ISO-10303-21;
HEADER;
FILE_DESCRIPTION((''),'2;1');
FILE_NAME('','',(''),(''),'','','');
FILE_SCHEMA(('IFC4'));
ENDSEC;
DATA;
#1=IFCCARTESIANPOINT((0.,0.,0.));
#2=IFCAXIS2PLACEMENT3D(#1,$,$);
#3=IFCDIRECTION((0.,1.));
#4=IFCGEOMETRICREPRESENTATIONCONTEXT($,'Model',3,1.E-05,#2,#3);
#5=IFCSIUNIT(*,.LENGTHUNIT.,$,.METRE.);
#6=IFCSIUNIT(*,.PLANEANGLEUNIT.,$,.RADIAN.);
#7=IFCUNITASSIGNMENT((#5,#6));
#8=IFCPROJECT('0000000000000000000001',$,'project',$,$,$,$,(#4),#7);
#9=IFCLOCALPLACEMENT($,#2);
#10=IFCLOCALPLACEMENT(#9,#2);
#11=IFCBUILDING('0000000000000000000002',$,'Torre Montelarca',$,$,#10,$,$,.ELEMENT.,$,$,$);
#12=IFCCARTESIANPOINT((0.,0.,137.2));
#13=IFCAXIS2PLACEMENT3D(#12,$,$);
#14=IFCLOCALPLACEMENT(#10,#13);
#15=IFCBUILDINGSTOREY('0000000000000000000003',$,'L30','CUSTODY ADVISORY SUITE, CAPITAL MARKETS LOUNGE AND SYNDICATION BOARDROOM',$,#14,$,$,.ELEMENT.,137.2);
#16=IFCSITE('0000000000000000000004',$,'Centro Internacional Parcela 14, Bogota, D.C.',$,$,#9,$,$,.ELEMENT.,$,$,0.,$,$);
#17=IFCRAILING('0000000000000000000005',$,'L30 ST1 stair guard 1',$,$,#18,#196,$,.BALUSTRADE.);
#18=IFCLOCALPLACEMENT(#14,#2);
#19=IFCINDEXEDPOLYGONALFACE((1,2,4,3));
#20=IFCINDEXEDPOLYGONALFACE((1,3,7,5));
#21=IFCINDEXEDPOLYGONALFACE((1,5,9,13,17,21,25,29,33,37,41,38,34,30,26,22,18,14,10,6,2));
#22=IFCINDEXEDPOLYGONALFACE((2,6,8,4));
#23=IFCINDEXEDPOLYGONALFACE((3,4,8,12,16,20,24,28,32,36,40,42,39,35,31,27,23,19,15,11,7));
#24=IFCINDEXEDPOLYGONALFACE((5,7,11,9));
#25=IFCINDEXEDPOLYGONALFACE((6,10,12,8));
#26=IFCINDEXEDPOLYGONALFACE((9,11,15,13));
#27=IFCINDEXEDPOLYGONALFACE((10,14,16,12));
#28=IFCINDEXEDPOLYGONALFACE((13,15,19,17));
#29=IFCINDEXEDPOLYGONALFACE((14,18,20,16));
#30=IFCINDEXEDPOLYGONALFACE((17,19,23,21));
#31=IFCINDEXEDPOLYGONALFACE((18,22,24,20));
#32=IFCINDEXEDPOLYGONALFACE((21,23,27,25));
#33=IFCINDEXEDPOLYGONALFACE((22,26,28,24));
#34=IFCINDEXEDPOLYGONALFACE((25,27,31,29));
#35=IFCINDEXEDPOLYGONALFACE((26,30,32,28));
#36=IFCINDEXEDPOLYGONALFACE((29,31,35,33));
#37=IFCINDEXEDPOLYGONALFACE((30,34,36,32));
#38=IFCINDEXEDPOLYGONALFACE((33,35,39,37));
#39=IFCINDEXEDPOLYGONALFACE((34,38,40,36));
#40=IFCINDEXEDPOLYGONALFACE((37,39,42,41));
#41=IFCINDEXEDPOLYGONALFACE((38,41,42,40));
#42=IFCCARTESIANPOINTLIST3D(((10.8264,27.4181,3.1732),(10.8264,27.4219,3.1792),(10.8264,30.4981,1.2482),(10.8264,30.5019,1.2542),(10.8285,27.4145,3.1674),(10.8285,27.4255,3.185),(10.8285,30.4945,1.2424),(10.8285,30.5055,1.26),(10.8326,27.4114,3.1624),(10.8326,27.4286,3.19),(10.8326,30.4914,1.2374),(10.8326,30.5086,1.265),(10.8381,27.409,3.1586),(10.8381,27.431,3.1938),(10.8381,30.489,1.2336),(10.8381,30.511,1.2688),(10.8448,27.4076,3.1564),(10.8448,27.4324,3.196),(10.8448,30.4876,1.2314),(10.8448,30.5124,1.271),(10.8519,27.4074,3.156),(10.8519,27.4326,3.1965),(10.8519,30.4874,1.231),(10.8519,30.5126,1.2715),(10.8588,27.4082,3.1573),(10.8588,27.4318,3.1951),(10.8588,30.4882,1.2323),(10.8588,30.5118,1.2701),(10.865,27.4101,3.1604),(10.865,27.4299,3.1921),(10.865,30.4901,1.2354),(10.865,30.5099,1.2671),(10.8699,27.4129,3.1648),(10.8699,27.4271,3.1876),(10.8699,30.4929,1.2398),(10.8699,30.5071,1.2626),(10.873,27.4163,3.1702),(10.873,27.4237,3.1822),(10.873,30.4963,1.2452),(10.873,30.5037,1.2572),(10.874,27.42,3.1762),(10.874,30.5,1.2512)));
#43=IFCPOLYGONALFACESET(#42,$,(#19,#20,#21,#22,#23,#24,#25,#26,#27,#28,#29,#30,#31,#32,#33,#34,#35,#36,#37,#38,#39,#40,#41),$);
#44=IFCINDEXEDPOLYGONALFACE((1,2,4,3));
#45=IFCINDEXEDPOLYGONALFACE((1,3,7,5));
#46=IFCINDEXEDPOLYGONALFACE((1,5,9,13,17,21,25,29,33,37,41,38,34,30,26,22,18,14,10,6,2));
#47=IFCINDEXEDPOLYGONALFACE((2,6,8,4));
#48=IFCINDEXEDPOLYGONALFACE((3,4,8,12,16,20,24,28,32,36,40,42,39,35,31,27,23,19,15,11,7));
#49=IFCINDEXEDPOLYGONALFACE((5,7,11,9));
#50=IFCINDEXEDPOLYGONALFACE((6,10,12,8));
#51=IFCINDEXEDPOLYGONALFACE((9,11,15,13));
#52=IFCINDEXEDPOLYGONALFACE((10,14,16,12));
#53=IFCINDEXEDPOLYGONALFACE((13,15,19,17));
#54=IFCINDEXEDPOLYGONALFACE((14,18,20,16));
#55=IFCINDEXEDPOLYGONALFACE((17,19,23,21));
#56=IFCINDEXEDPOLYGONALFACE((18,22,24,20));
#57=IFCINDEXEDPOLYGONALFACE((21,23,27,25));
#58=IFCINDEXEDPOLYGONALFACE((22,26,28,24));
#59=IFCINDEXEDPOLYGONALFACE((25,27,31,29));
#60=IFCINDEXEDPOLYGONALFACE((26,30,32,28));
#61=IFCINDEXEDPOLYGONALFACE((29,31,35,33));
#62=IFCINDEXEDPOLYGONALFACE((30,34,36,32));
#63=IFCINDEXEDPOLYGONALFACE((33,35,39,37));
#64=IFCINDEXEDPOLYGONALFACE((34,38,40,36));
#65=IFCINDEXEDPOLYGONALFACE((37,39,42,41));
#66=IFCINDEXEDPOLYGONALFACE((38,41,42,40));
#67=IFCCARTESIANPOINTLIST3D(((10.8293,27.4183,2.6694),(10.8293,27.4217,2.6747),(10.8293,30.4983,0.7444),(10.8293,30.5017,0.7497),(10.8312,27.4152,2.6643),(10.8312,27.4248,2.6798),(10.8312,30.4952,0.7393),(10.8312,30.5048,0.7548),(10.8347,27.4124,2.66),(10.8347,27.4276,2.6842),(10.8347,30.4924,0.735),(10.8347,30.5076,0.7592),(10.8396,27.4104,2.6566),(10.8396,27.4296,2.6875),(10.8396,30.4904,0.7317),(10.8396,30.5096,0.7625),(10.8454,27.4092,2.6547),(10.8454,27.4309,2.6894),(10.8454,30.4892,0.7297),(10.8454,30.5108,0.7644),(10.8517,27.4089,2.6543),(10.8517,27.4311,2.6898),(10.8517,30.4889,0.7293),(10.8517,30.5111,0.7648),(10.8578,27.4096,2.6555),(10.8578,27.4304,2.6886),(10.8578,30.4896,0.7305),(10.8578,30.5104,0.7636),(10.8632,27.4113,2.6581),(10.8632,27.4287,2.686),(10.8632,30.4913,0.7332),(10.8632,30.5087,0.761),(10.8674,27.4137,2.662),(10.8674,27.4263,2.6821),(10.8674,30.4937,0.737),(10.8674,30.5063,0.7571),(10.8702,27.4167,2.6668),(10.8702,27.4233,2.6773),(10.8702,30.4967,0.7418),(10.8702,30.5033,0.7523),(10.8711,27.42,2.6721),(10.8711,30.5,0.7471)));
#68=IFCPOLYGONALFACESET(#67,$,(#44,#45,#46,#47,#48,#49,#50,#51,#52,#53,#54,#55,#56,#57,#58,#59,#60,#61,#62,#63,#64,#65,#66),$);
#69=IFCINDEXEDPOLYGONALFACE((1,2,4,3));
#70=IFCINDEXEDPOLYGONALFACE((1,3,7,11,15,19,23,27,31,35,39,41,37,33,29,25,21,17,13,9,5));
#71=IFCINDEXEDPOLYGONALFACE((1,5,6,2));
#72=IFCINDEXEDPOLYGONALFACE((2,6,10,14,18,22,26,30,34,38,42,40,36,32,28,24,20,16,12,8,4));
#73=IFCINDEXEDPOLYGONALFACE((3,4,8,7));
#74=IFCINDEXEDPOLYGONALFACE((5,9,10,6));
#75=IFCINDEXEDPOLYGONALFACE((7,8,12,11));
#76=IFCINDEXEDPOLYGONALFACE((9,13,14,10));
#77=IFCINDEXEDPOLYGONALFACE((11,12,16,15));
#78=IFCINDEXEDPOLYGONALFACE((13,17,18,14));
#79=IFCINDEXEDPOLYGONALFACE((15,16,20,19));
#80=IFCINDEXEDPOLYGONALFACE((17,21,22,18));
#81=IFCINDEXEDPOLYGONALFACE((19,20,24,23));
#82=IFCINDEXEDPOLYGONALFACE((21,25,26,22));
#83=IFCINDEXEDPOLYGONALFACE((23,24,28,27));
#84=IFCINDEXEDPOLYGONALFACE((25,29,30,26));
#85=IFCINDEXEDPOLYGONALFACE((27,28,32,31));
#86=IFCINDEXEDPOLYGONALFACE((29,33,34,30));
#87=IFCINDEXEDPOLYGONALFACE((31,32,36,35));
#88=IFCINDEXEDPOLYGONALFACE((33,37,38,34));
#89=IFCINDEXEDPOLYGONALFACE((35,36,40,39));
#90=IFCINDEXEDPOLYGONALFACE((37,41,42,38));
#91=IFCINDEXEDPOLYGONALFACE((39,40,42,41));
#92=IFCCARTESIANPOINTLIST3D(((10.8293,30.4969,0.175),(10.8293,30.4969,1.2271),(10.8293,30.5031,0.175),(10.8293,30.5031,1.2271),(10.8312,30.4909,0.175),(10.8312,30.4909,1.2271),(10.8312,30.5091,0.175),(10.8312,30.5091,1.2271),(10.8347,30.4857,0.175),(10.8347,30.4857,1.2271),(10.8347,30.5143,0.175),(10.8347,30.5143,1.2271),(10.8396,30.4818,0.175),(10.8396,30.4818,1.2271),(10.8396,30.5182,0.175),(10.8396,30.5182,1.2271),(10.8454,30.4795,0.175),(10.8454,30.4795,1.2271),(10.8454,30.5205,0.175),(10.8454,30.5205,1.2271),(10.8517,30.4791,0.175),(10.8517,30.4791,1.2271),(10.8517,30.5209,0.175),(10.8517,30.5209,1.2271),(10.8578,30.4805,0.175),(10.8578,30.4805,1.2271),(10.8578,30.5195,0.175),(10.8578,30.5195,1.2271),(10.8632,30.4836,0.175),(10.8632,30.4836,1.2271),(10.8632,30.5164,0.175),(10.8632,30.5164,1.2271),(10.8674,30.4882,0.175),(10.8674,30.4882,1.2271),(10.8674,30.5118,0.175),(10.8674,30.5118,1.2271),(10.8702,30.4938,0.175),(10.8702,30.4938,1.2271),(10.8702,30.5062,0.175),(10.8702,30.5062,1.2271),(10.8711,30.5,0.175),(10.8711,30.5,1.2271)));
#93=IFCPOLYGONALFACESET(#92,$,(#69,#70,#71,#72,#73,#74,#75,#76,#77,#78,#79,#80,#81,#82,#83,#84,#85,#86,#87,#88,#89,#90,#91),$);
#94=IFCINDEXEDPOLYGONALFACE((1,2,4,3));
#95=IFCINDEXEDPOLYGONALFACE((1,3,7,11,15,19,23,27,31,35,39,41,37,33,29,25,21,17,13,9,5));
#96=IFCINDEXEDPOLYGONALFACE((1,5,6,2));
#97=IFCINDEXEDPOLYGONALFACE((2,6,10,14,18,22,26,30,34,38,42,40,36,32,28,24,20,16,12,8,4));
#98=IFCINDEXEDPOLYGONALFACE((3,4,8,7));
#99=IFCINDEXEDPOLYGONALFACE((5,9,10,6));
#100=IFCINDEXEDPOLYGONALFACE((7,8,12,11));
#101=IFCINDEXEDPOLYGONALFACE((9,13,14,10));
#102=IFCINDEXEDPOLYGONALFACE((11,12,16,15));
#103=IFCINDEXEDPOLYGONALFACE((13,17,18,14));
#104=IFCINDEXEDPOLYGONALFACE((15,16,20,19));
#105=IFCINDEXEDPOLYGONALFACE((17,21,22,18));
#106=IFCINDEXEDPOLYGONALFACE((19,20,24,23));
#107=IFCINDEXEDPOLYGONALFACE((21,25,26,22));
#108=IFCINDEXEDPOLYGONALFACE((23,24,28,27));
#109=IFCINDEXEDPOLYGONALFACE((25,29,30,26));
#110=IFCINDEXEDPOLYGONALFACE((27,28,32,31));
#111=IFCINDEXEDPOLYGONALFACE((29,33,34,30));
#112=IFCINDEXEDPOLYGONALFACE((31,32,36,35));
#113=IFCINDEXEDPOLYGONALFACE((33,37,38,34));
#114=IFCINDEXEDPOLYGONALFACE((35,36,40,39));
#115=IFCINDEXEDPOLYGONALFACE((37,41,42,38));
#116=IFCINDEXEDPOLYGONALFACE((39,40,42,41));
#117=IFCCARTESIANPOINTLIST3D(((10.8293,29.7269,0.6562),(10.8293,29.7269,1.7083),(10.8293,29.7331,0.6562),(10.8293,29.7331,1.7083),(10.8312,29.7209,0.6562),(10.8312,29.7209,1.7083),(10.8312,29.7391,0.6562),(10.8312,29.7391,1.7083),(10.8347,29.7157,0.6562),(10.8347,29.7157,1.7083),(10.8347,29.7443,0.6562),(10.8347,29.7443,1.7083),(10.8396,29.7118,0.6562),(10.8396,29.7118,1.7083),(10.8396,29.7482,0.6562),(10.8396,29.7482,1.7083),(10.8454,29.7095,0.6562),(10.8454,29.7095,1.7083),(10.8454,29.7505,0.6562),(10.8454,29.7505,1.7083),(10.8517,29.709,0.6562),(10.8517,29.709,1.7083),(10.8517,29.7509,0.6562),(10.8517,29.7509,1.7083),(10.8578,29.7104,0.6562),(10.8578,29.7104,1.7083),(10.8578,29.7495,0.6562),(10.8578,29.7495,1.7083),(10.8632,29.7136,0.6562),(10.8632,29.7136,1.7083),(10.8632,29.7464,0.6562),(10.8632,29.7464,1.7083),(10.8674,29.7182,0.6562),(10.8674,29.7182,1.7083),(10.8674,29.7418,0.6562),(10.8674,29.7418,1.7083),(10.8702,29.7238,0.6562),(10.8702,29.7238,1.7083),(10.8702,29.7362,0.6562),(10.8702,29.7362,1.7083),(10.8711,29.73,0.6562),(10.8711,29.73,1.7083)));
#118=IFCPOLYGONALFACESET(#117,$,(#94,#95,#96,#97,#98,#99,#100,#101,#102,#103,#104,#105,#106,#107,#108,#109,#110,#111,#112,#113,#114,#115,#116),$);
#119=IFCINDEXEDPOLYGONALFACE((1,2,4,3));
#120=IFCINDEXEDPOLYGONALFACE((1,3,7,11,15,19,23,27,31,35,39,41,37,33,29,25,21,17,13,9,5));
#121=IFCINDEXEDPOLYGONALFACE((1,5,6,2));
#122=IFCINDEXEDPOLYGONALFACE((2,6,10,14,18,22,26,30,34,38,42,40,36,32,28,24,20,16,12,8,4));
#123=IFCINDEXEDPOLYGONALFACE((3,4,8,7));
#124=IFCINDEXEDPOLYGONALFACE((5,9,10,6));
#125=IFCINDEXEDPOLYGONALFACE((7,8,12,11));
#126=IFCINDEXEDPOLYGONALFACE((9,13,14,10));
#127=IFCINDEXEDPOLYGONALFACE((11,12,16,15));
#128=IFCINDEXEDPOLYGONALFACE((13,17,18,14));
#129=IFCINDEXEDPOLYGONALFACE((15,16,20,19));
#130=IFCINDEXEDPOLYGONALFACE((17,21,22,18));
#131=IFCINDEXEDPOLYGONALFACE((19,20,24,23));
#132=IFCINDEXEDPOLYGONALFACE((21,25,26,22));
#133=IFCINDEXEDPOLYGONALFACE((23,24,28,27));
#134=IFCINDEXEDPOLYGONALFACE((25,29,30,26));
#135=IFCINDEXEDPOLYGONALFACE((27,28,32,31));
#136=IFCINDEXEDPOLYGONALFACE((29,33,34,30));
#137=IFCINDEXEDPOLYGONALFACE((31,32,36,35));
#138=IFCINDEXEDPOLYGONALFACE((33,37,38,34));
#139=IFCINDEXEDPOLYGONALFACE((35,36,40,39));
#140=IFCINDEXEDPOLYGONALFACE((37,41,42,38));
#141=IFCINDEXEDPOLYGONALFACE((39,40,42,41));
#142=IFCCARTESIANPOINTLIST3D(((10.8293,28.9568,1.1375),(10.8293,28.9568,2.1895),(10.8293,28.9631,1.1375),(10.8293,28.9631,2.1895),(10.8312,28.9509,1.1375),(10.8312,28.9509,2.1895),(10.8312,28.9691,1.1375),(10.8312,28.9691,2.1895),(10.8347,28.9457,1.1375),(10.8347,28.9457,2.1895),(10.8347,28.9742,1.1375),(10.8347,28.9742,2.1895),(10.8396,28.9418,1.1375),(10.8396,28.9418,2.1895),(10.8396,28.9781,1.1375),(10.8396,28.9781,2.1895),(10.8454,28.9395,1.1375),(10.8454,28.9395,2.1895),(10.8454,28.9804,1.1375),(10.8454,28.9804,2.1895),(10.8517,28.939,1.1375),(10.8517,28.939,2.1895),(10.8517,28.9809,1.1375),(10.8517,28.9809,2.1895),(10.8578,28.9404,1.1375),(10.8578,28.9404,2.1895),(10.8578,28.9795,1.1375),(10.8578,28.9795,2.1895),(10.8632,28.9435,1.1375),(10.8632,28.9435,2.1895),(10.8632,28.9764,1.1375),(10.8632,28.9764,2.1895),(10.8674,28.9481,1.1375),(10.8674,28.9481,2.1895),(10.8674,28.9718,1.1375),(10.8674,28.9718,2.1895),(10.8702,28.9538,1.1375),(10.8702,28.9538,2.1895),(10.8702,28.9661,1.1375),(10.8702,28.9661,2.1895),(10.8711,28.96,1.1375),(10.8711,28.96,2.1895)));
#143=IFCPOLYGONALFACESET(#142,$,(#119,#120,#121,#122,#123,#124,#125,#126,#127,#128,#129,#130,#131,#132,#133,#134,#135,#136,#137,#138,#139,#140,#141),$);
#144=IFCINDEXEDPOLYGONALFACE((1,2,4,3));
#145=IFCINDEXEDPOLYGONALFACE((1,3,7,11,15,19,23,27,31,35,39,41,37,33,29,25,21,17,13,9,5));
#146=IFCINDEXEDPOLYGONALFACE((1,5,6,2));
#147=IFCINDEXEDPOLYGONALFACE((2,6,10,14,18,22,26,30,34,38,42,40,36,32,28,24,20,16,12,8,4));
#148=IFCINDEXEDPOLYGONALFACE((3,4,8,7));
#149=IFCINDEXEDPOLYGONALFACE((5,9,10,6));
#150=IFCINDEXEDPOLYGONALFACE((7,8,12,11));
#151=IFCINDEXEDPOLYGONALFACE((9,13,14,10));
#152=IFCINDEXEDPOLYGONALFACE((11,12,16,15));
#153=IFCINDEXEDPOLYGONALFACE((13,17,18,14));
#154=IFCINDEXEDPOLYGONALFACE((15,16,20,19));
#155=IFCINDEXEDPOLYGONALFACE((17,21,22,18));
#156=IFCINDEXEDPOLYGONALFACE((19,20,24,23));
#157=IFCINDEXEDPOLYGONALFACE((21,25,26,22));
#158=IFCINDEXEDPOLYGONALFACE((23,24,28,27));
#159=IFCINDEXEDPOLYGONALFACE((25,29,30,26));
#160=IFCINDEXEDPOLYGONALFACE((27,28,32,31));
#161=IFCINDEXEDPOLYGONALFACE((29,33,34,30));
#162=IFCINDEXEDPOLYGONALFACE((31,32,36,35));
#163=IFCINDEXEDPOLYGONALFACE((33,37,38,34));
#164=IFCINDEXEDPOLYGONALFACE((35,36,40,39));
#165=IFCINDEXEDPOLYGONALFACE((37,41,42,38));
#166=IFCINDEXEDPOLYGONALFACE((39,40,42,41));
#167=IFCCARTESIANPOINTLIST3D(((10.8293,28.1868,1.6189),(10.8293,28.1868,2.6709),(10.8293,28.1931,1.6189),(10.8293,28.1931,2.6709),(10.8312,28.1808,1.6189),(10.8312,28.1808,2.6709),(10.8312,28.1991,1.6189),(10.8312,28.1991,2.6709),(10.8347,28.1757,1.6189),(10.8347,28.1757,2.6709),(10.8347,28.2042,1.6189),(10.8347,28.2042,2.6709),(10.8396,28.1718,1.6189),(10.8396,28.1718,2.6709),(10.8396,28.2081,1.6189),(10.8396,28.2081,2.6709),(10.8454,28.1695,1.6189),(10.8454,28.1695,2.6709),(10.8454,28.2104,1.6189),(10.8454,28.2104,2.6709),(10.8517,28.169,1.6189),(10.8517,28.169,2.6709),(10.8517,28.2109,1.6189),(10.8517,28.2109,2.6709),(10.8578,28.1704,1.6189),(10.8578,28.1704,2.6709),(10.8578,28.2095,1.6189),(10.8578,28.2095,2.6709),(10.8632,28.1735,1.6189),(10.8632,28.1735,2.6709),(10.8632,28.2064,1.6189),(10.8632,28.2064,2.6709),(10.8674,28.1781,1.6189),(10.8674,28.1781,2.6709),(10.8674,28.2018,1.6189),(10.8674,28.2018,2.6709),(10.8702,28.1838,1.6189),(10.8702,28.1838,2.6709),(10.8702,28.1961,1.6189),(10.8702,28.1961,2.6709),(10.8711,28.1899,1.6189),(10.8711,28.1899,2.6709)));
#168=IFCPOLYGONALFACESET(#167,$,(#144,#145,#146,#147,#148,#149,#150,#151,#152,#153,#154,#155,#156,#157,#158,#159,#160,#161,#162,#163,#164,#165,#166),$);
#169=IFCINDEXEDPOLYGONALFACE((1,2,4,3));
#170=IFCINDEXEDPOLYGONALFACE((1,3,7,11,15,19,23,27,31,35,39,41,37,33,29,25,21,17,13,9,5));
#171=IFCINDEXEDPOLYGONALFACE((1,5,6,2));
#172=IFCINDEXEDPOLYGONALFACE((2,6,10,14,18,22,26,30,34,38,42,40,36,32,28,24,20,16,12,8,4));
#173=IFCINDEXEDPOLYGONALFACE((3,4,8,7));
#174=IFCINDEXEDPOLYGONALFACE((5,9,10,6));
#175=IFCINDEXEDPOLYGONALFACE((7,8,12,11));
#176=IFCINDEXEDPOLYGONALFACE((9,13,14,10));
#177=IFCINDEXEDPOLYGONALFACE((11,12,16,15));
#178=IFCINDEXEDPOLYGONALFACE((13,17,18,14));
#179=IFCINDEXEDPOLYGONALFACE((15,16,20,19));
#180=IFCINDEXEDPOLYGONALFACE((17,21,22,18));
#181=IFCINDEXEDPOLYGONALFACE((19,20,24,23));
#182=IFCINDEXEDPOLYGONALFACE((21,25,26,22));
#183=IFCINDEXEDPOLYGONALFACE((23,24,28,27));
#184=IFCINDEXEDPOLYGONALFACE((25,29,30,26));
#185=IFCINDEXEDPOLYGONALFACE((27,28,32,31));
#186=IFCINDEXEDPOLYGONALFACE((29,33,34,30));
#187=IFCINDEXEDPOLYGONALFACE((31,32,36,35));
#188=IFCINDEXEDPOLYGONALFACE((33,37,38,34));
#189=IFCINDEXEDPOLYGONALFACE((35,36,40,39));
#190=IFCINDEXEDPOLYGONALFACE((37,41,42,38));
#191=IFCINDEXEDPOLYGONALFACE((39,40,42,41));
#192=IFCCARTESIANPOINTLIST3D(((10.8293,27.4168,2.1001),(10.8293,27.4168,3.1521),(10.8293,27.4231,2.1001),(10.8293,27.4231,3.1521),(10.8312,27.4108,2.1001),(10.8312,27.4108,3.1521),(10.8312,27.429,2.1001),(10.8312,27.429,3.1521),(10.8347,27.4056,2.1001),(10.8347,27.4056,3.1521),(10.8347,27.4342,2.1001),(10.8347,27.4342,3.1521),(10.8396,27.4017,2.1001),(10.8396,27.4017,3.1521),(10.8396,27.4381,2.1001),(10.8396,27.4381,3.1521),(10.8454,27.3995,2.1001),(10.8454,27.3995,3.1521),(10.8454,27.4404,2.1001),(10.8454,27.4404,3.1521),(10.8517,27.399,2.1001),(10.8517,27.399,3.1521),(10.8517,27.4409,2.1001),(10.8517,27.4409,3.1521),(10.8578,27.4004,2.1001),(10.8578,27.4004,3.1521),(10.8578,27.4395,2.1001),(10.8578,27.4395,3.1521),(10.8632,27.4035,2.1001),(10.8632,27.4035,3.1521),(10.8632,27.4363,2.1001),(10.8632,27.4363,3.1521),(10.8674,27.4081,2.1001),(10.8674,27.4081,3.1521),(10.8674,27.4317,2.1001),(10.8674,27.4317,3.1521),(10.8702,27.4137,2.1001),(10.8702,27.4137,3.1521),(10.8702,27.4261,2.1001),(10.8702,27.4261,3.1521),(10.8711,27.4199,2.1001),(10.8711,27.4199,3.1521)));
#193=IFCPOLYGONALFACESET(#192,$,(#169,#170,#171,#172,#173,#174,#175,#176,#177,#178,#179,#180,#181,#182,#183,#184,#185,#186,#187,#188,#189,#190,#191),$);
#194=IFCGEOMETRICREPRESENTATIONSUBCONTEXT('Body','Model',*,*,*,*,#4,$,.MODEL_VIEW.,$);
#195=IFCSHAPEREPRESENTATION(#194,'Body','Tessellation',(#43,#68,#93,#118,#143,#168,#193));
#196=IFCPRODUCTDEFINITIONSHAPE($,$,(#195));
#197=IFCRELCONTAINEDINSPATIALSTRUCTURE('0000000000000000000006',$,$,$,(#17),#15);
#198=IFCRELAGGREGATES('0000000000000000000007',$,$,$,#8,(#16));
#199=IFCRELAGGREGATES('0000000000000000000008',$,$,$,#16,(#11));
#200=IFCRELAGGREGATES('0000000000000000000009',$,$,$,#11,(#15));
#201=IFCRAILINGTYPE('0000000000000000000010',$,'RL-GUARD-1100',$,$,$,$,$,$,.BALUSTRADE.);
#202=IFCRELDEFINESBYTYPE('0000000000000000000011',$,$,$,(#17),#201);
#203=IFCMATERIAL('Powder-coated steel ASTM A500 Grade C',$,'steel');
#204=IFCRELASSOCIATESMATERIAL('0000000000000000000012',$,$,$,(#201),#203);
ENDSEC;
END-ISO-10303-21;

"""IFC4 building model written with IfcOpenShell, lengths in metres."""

from ifc_helpers import new_model, si_unit, direction, frame, origin, origin_2d, place, context, subcontext, project, spatial, circle, extrude, material, type_object, element, save


model = new_model("IFC4")

# Units and contexts
model_context = context("Model", 3, precision=1e-05, world=origin(), true_north=direction((0.0, 1.0)))
body_context = subcontext(model_context, "Body", "Model", "MODEL_VIEW")
ifc_project = project(units=[si_unit("LENGTHUNIT", "METRE"), si_unit("PLANEANGLEUNIT", "RADIAN")], contexts=[model_context])

# Site, building, storey
site_placement = place(None, origin())
site = spatial("IfcSite", under=ifc_project, at=site_placement, Name="Centro Internacional Parcela 14, Bogota, D.C.", CompositionType="ELEMENT", RefElevation=0.0)
building_placement = place(site_placement, origin())
building = spatial("IfcBuilding", under=site, at=building_placement, Name="Torre Montelarca", CompositionType="ELEMENT")
storey_placement = place(building_placement, frame((0.0, 0.0, 137.2)))
storey = spatial("IfcBuildingStorey", under=building, at=storey_placement, Name="L30", Description="CUSTODY ADVISORY SUITE, CAPITAL MARKETS LOUNGE AND SYNDICATION BOARDROOM", CompositionType="ELEMENT", Elevation=137.2)

# Railing
ifc_material_1 = material(Name="Powder-coated steel ASTM A500 Grade C", Category="steel")
railing_type = type_object("IfcRailingType", Name="RL-GUARD-1100", PredefinedType="BALUSTRADE", material=ifc_material_1)
railing_1_placement = place(storey_placement, frame((10.8501, 30.5, 0.175)))
element("IfcRailing", 1, at=railing_1_placement, inside=storey, type_object=railing_type, Name="L30 ST1 stair guard 1", PredefinedType="BALUSTRADE", context=body_context, shape_type="SweptSolid", body=[
    extrude(circle(Radius=0.0239, at=origin_2d()), frame((0.0, 0.0, 1.0762), z_axis=(0.0, -0.847998, 0.529999), x_axis=(1.0, 0.0, 0.0)), (0.0, 0.0, 1.0), 3.6321),
    extrude(circle(Radius=0.021, at=origin_2d()), frame((0.0, 0.0, 0.572), z_axis=(0.0, -0.847998, 0.529999), x_axis=(1.0, 0.0, 0.0)), (0.0, 0.0, 1.0), 3.6321),
    extrude(circle(Radius=0.021, at=origin_2d()), origin(), (0.0, 0.0, 1.0), 1.052),
    extrude(circle(Radius=0.021, at=origin_2d()), frame((0.0, -0.77, 0.4812)), (0.0, 0.0, 1.0), 1.052),
    extrude(circle(Radius=0.021, at=origin_2d()), frame((0.0, -1.54, 0.9624)), (0.0, 0.0, 1.0), 1.052),
    extrude(circle(Radius=0.021, at=origin_2d()), frame((0.0, -2.3101, 1.4438)), (0.0, 0.0, 1.0), 1.052),
    extrude(circle(Radius=0.021, at=origin_2d()), frame((0.0, -3.0801, 1.925)), (0.0, 0.0, 1.0), 1.052),
])

save(model, "model.ifc")
